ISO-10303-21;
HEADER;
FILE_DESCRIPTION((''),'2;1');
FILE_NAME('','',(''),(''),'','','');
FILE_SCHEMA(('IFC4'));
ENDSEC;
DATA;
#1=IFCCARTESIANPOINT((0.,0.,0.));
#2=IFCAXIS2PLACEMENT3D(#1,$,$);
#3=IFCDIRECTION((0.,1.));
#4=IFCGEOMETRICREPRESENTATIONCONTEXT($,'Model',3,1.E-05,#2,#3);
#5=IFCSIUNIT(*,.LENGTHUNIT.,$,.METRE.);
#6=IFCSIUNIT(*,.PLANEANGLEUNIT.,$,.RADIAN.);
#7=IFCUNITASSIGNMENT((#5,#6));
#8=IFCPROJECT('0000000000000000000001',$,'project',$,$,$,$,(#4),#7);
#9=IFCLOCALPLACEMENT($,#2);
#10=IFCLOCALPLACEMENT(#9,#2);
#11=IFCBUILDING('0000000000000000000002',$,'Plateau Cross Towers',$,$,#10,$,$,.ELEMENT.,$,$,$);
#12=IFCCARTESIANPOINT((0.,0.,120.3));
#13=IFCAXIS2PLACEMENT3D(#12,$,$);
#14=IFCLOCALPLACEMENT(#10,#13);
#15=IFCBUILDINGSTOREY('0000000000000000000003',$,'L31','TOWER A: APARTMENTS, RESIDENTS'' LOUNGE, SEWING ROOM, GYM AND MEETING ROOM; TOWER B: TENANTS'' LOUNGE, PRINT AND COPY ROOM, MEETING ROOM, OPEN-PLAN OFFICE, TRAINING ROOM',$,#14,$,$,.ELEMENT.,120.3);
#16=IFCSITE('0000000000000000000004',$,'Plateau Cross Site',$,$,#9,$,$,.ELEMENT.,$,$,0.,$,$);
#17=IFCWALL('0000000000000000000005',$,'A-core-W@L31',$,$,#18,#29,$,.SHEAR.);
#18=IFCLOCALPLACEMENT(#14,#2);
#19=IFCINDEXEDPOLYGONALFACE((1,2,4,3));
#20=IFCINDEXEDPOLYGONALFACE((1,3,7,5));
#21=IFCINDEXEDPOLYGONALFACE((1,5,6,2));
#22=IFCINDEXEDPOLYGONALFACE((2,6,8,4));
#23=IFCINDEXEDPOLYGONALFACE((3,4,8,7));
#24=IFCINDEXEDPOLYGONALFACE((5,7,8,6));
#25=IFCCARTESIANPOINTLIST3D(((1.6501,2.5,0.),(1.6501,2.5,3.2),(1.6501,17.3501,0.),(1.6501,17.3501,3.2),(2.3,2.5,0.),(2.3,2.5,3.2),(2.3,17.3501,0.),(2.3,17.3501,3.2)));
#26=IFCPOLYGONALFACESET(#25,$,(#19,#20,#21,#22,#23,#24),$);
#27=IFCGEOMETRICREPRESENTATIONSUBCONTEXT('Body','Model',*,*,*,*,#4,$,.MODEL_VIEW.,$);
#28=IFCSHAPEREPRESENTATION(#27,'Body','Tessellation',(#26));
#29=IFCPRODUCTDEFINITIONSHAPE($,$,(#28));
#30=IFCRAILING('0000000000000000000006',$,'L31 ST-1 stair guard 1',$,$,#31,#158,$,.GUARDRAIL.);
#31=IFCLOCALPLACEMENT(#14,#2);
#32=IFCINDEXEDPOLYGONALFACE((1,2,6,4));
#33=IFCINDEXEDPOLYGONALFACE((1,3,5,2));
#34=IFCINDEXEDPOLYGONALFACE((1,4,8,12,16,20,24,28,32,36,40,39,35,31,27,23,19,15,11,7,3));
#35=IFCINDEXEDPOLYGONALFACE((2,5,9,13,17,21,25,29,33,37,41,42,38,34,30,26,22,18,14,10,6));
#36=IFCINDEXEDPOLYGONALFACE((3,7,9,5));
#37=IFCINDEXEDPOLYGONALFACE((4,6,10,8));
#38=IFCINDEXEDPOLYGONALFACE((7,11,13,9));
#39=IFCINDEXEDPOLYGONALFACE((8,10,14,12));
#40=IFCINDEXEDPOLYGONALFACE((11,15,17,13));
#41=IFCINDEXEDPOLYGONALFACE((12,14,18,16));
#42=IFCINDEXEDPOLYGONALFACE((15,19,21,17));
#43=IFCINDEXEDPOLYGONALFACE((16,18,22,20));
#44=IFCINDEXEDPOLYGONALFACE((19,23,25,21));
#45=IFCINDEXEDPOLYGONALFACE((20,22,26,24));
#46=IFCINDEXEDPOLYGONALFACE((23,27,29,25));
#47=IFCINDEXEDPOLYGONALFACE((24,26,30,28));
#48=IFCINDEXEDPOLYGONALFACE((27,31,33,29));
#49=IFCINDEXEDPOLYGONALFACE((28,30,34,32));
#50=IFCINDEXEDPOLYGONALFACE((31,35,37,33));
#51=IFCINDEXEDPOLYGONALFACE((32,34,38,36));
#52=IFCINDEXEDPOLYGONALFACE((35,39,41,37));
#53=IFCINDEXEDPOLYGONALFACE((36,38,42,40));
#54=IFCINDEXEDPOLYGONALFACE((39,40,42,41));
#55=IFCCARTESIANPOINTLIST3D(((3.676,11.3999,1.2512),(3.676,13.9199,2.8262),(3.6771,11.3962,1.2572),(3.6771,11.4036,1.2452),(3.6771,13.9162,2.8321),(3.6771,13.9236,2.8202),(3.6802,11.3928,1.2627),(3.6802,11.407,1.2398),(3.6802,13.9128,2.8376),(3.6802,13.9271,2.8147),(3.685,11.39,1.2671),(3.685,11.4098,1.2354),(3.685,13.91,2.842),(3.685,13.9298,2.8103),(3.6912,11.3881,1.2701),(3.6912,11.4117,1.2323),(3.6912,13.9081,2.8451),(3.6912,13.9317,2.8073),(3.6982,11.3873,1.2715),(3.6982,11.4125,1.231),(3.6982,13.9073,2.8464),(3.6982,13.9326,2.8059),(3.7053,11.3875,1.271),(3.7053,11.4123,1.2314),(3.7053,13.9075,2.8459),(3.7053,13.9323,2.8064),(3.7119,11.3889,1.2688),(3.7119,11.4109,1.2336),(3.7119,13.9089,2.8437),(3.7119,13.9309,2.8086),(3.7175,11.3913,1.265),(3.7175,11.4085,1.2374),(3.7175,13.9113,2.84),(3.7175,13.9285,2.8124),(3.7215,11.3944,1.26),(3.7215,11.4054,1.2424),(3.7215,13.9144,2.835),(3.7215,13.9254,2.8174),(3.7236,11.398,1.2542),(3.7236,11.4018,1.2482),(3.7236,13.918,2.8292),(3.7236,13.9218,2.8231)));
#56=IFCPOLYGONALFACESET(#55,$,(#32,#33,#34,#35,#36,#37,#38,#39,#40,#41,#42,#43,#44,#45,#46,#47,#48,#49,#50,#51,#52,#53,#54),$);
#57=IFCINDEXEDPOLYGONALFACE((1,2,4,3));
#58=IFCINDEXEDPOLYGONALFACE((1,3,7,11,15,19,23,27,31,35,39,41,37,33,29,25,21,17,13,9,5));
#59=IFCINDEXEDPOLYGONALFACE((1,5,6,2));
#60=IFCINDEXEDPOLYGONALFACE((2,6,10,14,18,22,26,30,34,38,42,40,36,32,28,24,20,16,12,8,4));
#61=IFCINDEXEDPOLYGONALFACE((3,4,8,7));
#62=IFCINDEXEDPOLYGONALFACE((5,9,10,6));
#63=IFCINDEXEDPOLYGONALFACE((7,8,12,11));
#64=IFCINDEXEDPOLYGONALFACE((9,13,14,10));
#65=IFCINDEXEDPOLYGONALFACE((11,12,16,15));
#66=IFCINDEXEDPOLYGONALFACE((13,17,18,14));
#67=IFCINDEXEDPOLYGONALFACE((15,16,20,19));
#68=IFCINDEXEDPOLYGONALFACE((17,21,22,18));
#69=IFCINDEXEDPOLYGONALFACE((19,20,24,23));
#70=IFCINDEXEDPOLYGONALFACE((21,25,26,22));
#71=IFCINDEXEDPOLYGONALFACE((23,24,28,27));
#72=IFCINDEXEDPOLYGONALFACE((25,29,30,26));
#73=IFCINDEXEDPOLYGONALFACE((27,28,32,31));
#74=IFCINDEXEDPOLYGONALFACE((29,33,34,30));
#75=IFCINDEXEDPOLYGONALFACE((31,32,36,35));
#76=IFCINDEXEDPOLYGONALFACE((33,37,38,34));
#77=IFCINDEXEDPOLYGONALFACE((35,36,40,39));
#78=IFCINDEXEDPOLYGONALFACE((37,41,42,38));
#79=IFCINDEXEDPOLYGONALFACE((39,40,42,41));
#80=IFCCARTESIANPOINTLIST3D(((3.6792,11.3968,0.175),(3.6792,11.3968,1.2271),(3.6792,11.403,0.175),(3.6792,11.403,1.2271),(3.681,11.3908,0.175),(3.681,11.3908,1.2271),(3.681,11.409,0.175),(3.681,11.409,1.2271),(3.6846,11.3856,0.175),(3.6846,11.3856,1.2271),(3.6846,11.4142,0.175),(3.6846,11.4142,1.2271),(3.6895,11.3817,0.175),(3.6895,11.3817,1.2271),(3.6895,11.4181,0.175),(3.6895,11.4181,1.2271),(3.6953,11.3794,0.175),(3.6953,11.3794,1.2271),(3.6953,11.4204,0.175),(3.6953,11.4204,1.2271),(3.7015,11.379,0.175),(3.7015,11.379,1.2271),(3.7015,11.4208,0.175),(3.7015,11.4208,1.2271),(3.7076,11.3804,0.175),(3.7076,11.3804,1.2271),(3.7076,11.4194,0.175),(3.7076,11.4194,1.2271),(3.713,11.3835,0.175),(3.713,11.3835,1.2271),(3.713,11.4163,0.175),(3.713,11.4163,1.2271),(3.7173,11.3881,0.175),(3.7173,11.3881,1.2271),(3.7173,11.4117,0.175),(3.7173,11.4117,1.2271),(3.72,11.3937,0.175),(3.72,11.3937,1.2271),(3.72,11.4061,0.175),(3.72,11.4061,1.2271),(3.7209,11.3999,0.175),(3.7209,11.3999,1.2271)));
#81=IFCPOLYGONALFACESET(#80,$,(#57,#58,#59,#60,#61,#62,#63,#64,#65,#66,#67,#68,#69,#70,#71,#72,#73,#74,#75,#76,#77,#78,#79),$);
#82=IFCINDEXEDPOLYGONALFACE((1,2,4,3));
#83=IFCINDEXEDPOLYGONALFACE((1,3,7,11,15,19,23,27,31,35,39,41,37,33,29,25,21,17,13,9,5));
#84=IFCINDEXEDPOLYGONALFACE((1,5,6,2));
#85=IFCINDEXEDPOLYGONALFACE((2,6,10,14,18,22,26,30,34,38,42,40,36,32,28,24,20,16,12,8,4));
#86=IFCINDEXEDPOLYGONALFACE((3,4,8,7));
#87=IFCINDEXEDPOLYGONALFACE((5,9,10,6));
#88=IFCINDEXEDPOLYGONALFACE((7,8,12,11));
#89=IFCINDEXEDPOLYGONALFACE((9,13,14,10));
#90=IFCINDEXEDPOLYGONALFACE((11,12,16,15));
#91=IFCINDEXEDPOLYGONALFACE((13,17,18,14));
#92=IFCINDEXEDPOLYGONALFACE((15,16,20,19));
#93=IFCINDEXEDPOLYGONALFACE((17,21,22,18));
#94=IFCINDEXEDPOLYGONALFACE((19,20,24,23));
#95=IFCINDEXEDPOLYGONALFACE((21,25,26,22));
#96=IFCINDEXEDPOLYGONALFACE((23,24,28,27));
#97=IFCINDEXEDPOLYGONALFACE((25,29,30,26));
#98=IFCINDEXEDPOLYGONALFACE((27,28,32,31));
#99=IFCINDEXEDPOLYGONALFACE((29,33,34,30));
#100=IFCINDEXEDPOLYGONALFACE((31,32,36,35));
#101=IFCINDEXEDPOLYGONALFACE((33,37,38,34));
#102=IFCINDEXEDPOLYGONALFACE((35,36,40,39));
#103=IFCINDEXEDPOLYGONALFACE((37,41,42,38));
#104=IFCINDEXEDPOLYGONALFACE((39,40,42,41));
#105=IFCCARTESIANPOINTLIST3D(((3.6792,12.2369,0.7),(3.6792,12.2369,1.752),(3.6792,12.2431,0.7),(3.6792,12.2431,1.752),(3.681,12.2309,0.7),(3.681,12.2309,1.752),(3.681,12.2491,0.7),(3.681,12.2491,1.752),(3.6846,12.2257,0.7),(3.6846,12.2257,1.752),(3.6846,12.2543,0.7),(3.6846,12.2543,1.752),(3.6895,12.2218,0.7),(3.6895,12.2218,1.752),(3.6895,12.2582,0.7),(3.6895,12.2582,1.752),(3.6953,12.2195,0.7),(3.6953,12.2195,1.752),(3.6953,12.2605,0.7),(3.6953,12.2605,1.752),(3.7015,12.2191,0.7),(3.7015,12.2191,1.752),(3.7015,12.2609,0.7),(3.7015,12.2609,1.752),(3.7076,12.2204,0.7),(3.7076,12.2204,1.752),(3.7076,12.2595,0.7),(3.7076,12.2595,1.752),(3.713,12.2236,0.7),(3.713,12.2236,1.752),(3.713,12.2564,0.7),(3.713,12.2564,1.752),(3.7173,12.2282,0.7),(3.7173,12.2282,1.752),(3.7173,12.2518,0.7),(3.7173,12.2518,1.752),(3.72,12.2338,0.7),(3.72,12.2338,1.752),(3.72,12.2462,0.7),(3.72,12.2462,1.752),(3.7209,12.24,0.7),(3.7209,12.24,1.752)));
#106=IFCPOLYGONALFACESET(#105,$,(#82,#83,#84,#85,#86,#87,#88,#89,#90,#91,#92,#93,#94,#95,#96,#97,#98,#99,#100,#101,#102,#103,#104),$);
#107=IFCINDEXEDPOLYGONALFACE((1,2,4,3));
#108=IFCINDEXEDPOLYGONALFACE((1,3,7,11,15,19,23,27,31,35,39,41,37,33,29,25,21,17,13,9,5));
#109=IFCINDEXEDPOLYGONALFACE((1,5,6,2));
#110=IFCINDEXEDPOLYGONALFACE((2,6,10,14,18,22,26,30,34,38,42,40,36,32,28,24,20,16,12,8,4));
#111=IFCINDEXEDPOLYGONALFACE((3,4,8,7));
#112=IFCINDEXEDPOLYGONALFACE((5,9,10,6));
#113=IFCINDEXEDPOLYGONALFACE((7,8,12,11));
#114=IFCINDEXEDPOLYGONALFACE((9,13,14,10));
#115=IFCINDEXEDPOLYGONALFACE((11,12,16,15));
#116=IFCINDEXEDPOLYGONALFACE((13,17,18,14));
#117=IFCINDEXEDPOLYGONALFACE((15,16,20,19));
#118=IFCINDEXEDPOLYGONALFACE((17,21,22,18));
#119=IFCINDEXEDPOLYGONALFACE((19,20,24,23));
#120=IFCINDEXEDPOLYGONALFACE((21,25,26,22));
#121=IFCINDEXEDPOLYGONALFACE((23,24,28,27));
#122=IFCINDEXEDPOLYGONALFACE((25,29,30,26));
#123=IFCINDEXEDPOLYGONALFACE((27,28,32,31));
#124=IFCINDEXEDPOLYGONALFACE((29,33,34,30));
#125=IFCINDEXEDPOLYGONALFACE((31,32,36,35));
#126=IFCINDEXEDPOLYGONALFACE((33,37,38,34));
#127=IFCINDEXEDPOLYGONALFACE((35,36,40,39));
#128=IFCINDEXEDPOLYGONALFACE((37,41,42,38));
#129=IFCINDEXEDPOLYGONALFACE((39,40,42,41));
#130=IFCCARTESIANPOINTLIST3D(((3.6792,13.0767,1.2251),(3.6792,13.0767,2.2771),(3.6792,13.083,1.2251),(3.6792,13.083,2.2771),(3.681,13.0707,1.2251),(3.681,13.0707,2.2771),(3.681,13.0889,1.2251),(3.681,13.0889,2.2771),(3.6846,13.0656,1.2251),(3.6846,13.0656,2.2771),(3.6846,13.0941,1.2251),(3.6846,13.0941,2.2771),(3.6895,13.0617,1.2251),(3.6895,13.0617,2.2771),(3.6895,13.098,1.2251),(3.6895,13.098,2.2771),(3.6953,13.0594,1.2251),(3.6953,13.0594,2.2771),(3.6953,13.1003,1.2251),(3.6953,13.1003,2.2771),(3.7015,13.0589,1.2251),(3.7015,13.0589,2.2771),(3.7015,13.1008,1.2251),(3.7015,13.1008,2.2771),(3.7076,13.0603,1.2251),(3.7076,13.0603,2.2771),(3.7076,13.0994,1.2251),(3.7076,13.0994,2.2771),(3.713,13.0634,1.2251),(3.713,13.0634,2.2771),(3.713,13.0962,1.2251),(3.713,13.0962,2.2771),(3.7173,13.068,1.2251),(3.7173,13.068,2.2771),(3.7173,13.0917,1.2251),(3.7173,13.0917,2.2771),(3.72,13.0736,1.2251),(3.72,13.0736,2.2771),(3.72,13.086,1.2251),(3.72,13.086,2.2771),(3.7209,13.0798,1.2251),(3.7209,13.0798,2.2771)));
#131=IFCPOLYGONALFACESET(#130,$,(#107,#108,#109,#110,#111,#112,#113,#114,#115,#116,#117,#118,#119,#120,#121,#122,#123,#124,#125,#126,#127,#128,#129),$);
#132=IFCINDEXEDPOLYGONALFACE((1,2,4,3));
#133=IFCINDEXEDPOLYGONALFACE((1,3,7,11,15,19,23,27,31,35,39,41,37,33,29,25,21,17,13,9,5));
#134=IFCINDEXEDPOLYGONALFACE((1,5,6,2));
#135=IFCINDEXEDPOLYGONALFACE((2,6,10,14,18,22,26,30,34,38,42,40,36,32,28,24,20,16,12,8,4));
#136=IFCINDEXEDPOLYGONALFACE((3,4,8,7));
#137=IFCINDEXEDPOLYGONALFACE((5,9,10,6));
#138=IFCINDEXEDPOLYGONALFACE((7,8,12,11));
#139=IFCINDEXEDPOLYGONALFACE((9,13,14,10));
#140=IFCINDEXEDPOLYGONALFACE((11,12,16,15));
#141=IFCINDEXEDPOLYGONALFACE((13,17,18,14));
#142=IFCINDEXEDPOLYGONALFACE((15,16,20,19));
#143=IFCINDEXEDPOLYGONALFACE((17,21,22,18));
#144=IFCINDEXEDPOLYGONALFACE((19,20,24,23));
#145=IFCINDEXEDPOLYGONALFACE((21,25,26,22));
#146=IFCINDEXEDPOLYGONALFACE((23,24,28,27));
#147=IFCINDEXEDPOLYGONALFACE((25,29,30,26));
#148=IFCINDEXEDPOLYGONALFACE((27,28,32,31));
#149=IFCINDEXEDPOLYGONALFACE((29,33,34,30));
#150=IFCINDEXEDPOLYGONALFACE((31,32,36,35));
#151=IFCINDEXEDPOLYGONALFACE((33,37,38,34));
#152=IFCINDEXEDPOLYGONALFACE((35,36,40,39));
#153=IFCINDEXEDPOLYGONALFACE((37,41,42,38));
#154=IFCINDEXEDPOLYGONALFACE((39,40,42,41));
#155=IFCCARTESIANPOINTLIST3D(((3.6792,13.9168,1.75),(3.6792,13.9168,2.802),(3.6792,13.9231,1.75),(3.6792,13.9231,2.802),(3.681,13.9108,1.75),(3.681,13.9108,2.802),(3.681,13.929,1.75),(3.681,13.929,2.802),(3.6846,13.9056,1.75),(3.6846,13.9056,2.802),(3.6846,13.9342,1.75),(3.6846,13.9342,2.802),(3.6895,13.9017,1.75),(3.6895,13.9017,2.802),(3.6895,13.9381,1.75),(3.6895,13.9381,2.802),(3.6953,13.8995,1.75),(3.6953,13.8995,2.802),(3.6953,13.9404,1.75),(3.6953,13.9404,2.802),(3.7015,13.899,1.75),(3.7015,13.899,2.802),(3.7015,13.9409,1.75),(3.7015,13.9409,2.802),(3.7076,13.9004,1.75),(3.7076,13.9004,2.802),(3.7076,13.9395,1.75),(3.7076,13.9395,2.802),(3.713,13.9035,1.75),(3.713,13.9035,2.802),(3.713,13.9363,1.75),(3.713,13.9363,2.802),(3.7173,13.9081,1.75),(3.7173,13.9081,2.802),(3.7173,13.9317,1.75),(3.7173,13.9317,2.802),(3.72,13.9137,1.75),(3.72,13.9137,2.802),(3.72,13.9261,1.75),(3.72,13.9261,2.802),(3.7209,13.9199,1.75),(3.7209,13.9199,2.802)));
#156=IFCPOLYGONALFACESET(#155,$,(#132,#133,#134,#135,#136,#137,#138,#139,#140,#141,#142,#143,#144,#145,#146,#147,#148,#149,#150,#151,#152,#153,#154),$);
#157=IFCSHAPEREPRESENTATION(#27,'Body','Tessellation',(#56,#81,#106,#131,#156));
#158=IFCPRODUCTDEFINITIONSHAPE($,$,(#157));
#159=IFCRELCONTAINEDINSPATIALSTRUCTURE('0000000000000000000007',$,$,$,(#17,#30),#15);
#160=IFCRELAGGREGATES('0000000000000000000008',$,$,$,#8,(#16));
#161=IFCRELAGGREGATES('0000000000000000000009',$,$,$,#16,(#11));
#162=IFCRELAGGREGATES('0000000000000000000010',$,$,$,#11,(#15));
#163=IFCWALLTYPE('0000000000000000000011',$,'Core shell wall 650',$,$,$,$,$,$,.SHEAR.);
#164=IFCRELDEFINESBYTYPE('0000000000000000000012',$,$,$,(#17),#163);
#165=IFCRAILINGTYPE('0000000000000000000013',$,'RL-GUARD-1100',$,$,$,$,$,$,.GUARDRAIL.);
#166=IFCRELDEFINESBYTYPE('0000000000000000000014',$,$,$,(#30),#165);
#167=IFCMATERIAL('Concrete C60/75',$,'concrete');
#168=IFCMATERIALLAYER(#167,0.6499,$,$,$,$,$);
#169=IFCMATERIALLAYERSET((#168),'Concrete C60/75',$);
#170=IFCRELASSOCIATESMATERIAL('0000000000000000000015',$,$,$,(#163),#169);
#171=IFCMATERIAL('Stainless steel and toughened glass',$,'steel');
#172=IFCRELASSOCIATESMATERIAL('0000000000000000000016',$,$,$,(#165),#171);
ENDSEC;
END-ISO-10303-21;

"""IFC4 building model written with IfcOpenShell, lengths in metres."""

from ifc_helpers import new_model, si_unit, direction, frame, frame_2d, origin, origin_2d, place, context, subcontext, project, spatial, rectangle, circle, extrude, material, layer, layer_set, type_object, element, save


model = new_model("IFC4")

# Units and contexts
model_context = context("Model", 3, precision=1e-05, world=origin(), true_north=direction((0.0, 1.0)))
body_context = subcontext(model_context, "Body", "Model", "MODEL_VIEW")
ifc_project = project(units=[si_unit("LENGTHUNIT", "METRE"), si_unit("PLANEANGLEUNIT", "RADIAN")], contexts=[model_context])

# Site, building, storey
site_placement = place(None, origin())
site = spatial("IfcSite", under=ifc_project, at=site_placement, Name="Plateau Cross Site", CompositionType="ELEMENT", RefElevation=0.0)
building_placement = place(site_placement, origin())
building = spatial("IfcBuilding", under=site, at=building_placement, Name="Plateau Cross Towers", CompositionType="ELEMENT")
storey_placement = place(building_placement, frame((0.0, 0.0, 120.3)))
storey = spatial("IfcBuildingStorey", under=building, at=storey_placement, Name="L31", Description="TOWER A: APARTMENTS, RESIDENTS' LOUNGE, SEWING ROOM, GYM AND MEETING ROOM; TOWER B: TENANTS' LOUNGE, PRINT AND COPY ROOM, MEETING ROOM, OPEN-PLAN OFFICE, TRAINING ROOM", CompositionType="ELEMENT", Elevation=120.3)

# Shared definitions
ifc_material_1 = material(Name="Concrete C60/75", Category="concrete")

# Wall
ifc_layer_1 = layer(ifc_material_1, 0.6499)
ifc_layer_set_1 = layer_set([ifc_layer_1], Name="Concrete C60/75")
wall_type_1 = type_object("IfcWallType", Name="Core shell wall 650", PredefinedType="SHEAR", material=ifc_layer_set_1)
wall_1_placement = place(storey_placement, frame((1.9751, 2.5, 0.0), z_axis=(0.0, 0.0, 1.0), x_axis=(0.0, 1.0, 0.0)))
element("IfcWall", 1, at=wall_1_placement, inside=storey, type_object=wall_type_1, Name="A-core-W@L31", PredefinedType="SHEAR", context=body_context, shape_type="SweptSolid", body=[
    extrude(rectangle(XDim=14.8501, YDim=0.6499, at=frame_2d((7.425, 0.0))), origin(), (0.0, 0.0, 1.0), 3.2),
])

# Railing
ifc_material_2 = material(Name="Stainless steel and toughened glass", Category="steel")
railing_type = type_object("IfcRailingType", Name="RL-GUARD-1100", PredefinedType="GUARDRAIL", material=ifc_material_2)
railing_1_placement = place(storey_placement, frame((3.7, 11.3999, 0.175)))
element("IfcRailing", 2, at=railing_1_placement, inside=storey, type_object=railing_type, Name="L31 ST-1 stair guard 1", PredefinedType="GUARDRAIL", context=body_context, shape_type="SweptSolid", body=[
    extrude(circle(Radius=0.0239, at=origin_2d()), frame((0.0, 0.0, 1.0762), z_axis=(0.0, 0.848008, 0.529984), x_axis=(-1.0, 0.0, 0.0)), (0.0, 0.0, 1.0), 2.9717),
    extrude(circle(Radius=0.021, at=origin_2d()), origin(), (0.0, 0.0, 1.0), 1.052),
    extrude(circle(Radius=0.021, at=origin_2d()), frame((0.0, 0.8401, 0.5249)), (0.0, 0.0, 1.0), 1.052),
    extrude(circle(Radius=0.021, at=origin_2d()), frame((0.0, 1.6799, 1.05)), (0.0, 0.0, 1.0), 1.052),
    extrude(circle(Radius=0.021, at=origin_2d()), frame((0.0, 2.52, 1.575)), (0.0, 0.0, 1.0), 1.052),
])

save(model, "model.ifc")
